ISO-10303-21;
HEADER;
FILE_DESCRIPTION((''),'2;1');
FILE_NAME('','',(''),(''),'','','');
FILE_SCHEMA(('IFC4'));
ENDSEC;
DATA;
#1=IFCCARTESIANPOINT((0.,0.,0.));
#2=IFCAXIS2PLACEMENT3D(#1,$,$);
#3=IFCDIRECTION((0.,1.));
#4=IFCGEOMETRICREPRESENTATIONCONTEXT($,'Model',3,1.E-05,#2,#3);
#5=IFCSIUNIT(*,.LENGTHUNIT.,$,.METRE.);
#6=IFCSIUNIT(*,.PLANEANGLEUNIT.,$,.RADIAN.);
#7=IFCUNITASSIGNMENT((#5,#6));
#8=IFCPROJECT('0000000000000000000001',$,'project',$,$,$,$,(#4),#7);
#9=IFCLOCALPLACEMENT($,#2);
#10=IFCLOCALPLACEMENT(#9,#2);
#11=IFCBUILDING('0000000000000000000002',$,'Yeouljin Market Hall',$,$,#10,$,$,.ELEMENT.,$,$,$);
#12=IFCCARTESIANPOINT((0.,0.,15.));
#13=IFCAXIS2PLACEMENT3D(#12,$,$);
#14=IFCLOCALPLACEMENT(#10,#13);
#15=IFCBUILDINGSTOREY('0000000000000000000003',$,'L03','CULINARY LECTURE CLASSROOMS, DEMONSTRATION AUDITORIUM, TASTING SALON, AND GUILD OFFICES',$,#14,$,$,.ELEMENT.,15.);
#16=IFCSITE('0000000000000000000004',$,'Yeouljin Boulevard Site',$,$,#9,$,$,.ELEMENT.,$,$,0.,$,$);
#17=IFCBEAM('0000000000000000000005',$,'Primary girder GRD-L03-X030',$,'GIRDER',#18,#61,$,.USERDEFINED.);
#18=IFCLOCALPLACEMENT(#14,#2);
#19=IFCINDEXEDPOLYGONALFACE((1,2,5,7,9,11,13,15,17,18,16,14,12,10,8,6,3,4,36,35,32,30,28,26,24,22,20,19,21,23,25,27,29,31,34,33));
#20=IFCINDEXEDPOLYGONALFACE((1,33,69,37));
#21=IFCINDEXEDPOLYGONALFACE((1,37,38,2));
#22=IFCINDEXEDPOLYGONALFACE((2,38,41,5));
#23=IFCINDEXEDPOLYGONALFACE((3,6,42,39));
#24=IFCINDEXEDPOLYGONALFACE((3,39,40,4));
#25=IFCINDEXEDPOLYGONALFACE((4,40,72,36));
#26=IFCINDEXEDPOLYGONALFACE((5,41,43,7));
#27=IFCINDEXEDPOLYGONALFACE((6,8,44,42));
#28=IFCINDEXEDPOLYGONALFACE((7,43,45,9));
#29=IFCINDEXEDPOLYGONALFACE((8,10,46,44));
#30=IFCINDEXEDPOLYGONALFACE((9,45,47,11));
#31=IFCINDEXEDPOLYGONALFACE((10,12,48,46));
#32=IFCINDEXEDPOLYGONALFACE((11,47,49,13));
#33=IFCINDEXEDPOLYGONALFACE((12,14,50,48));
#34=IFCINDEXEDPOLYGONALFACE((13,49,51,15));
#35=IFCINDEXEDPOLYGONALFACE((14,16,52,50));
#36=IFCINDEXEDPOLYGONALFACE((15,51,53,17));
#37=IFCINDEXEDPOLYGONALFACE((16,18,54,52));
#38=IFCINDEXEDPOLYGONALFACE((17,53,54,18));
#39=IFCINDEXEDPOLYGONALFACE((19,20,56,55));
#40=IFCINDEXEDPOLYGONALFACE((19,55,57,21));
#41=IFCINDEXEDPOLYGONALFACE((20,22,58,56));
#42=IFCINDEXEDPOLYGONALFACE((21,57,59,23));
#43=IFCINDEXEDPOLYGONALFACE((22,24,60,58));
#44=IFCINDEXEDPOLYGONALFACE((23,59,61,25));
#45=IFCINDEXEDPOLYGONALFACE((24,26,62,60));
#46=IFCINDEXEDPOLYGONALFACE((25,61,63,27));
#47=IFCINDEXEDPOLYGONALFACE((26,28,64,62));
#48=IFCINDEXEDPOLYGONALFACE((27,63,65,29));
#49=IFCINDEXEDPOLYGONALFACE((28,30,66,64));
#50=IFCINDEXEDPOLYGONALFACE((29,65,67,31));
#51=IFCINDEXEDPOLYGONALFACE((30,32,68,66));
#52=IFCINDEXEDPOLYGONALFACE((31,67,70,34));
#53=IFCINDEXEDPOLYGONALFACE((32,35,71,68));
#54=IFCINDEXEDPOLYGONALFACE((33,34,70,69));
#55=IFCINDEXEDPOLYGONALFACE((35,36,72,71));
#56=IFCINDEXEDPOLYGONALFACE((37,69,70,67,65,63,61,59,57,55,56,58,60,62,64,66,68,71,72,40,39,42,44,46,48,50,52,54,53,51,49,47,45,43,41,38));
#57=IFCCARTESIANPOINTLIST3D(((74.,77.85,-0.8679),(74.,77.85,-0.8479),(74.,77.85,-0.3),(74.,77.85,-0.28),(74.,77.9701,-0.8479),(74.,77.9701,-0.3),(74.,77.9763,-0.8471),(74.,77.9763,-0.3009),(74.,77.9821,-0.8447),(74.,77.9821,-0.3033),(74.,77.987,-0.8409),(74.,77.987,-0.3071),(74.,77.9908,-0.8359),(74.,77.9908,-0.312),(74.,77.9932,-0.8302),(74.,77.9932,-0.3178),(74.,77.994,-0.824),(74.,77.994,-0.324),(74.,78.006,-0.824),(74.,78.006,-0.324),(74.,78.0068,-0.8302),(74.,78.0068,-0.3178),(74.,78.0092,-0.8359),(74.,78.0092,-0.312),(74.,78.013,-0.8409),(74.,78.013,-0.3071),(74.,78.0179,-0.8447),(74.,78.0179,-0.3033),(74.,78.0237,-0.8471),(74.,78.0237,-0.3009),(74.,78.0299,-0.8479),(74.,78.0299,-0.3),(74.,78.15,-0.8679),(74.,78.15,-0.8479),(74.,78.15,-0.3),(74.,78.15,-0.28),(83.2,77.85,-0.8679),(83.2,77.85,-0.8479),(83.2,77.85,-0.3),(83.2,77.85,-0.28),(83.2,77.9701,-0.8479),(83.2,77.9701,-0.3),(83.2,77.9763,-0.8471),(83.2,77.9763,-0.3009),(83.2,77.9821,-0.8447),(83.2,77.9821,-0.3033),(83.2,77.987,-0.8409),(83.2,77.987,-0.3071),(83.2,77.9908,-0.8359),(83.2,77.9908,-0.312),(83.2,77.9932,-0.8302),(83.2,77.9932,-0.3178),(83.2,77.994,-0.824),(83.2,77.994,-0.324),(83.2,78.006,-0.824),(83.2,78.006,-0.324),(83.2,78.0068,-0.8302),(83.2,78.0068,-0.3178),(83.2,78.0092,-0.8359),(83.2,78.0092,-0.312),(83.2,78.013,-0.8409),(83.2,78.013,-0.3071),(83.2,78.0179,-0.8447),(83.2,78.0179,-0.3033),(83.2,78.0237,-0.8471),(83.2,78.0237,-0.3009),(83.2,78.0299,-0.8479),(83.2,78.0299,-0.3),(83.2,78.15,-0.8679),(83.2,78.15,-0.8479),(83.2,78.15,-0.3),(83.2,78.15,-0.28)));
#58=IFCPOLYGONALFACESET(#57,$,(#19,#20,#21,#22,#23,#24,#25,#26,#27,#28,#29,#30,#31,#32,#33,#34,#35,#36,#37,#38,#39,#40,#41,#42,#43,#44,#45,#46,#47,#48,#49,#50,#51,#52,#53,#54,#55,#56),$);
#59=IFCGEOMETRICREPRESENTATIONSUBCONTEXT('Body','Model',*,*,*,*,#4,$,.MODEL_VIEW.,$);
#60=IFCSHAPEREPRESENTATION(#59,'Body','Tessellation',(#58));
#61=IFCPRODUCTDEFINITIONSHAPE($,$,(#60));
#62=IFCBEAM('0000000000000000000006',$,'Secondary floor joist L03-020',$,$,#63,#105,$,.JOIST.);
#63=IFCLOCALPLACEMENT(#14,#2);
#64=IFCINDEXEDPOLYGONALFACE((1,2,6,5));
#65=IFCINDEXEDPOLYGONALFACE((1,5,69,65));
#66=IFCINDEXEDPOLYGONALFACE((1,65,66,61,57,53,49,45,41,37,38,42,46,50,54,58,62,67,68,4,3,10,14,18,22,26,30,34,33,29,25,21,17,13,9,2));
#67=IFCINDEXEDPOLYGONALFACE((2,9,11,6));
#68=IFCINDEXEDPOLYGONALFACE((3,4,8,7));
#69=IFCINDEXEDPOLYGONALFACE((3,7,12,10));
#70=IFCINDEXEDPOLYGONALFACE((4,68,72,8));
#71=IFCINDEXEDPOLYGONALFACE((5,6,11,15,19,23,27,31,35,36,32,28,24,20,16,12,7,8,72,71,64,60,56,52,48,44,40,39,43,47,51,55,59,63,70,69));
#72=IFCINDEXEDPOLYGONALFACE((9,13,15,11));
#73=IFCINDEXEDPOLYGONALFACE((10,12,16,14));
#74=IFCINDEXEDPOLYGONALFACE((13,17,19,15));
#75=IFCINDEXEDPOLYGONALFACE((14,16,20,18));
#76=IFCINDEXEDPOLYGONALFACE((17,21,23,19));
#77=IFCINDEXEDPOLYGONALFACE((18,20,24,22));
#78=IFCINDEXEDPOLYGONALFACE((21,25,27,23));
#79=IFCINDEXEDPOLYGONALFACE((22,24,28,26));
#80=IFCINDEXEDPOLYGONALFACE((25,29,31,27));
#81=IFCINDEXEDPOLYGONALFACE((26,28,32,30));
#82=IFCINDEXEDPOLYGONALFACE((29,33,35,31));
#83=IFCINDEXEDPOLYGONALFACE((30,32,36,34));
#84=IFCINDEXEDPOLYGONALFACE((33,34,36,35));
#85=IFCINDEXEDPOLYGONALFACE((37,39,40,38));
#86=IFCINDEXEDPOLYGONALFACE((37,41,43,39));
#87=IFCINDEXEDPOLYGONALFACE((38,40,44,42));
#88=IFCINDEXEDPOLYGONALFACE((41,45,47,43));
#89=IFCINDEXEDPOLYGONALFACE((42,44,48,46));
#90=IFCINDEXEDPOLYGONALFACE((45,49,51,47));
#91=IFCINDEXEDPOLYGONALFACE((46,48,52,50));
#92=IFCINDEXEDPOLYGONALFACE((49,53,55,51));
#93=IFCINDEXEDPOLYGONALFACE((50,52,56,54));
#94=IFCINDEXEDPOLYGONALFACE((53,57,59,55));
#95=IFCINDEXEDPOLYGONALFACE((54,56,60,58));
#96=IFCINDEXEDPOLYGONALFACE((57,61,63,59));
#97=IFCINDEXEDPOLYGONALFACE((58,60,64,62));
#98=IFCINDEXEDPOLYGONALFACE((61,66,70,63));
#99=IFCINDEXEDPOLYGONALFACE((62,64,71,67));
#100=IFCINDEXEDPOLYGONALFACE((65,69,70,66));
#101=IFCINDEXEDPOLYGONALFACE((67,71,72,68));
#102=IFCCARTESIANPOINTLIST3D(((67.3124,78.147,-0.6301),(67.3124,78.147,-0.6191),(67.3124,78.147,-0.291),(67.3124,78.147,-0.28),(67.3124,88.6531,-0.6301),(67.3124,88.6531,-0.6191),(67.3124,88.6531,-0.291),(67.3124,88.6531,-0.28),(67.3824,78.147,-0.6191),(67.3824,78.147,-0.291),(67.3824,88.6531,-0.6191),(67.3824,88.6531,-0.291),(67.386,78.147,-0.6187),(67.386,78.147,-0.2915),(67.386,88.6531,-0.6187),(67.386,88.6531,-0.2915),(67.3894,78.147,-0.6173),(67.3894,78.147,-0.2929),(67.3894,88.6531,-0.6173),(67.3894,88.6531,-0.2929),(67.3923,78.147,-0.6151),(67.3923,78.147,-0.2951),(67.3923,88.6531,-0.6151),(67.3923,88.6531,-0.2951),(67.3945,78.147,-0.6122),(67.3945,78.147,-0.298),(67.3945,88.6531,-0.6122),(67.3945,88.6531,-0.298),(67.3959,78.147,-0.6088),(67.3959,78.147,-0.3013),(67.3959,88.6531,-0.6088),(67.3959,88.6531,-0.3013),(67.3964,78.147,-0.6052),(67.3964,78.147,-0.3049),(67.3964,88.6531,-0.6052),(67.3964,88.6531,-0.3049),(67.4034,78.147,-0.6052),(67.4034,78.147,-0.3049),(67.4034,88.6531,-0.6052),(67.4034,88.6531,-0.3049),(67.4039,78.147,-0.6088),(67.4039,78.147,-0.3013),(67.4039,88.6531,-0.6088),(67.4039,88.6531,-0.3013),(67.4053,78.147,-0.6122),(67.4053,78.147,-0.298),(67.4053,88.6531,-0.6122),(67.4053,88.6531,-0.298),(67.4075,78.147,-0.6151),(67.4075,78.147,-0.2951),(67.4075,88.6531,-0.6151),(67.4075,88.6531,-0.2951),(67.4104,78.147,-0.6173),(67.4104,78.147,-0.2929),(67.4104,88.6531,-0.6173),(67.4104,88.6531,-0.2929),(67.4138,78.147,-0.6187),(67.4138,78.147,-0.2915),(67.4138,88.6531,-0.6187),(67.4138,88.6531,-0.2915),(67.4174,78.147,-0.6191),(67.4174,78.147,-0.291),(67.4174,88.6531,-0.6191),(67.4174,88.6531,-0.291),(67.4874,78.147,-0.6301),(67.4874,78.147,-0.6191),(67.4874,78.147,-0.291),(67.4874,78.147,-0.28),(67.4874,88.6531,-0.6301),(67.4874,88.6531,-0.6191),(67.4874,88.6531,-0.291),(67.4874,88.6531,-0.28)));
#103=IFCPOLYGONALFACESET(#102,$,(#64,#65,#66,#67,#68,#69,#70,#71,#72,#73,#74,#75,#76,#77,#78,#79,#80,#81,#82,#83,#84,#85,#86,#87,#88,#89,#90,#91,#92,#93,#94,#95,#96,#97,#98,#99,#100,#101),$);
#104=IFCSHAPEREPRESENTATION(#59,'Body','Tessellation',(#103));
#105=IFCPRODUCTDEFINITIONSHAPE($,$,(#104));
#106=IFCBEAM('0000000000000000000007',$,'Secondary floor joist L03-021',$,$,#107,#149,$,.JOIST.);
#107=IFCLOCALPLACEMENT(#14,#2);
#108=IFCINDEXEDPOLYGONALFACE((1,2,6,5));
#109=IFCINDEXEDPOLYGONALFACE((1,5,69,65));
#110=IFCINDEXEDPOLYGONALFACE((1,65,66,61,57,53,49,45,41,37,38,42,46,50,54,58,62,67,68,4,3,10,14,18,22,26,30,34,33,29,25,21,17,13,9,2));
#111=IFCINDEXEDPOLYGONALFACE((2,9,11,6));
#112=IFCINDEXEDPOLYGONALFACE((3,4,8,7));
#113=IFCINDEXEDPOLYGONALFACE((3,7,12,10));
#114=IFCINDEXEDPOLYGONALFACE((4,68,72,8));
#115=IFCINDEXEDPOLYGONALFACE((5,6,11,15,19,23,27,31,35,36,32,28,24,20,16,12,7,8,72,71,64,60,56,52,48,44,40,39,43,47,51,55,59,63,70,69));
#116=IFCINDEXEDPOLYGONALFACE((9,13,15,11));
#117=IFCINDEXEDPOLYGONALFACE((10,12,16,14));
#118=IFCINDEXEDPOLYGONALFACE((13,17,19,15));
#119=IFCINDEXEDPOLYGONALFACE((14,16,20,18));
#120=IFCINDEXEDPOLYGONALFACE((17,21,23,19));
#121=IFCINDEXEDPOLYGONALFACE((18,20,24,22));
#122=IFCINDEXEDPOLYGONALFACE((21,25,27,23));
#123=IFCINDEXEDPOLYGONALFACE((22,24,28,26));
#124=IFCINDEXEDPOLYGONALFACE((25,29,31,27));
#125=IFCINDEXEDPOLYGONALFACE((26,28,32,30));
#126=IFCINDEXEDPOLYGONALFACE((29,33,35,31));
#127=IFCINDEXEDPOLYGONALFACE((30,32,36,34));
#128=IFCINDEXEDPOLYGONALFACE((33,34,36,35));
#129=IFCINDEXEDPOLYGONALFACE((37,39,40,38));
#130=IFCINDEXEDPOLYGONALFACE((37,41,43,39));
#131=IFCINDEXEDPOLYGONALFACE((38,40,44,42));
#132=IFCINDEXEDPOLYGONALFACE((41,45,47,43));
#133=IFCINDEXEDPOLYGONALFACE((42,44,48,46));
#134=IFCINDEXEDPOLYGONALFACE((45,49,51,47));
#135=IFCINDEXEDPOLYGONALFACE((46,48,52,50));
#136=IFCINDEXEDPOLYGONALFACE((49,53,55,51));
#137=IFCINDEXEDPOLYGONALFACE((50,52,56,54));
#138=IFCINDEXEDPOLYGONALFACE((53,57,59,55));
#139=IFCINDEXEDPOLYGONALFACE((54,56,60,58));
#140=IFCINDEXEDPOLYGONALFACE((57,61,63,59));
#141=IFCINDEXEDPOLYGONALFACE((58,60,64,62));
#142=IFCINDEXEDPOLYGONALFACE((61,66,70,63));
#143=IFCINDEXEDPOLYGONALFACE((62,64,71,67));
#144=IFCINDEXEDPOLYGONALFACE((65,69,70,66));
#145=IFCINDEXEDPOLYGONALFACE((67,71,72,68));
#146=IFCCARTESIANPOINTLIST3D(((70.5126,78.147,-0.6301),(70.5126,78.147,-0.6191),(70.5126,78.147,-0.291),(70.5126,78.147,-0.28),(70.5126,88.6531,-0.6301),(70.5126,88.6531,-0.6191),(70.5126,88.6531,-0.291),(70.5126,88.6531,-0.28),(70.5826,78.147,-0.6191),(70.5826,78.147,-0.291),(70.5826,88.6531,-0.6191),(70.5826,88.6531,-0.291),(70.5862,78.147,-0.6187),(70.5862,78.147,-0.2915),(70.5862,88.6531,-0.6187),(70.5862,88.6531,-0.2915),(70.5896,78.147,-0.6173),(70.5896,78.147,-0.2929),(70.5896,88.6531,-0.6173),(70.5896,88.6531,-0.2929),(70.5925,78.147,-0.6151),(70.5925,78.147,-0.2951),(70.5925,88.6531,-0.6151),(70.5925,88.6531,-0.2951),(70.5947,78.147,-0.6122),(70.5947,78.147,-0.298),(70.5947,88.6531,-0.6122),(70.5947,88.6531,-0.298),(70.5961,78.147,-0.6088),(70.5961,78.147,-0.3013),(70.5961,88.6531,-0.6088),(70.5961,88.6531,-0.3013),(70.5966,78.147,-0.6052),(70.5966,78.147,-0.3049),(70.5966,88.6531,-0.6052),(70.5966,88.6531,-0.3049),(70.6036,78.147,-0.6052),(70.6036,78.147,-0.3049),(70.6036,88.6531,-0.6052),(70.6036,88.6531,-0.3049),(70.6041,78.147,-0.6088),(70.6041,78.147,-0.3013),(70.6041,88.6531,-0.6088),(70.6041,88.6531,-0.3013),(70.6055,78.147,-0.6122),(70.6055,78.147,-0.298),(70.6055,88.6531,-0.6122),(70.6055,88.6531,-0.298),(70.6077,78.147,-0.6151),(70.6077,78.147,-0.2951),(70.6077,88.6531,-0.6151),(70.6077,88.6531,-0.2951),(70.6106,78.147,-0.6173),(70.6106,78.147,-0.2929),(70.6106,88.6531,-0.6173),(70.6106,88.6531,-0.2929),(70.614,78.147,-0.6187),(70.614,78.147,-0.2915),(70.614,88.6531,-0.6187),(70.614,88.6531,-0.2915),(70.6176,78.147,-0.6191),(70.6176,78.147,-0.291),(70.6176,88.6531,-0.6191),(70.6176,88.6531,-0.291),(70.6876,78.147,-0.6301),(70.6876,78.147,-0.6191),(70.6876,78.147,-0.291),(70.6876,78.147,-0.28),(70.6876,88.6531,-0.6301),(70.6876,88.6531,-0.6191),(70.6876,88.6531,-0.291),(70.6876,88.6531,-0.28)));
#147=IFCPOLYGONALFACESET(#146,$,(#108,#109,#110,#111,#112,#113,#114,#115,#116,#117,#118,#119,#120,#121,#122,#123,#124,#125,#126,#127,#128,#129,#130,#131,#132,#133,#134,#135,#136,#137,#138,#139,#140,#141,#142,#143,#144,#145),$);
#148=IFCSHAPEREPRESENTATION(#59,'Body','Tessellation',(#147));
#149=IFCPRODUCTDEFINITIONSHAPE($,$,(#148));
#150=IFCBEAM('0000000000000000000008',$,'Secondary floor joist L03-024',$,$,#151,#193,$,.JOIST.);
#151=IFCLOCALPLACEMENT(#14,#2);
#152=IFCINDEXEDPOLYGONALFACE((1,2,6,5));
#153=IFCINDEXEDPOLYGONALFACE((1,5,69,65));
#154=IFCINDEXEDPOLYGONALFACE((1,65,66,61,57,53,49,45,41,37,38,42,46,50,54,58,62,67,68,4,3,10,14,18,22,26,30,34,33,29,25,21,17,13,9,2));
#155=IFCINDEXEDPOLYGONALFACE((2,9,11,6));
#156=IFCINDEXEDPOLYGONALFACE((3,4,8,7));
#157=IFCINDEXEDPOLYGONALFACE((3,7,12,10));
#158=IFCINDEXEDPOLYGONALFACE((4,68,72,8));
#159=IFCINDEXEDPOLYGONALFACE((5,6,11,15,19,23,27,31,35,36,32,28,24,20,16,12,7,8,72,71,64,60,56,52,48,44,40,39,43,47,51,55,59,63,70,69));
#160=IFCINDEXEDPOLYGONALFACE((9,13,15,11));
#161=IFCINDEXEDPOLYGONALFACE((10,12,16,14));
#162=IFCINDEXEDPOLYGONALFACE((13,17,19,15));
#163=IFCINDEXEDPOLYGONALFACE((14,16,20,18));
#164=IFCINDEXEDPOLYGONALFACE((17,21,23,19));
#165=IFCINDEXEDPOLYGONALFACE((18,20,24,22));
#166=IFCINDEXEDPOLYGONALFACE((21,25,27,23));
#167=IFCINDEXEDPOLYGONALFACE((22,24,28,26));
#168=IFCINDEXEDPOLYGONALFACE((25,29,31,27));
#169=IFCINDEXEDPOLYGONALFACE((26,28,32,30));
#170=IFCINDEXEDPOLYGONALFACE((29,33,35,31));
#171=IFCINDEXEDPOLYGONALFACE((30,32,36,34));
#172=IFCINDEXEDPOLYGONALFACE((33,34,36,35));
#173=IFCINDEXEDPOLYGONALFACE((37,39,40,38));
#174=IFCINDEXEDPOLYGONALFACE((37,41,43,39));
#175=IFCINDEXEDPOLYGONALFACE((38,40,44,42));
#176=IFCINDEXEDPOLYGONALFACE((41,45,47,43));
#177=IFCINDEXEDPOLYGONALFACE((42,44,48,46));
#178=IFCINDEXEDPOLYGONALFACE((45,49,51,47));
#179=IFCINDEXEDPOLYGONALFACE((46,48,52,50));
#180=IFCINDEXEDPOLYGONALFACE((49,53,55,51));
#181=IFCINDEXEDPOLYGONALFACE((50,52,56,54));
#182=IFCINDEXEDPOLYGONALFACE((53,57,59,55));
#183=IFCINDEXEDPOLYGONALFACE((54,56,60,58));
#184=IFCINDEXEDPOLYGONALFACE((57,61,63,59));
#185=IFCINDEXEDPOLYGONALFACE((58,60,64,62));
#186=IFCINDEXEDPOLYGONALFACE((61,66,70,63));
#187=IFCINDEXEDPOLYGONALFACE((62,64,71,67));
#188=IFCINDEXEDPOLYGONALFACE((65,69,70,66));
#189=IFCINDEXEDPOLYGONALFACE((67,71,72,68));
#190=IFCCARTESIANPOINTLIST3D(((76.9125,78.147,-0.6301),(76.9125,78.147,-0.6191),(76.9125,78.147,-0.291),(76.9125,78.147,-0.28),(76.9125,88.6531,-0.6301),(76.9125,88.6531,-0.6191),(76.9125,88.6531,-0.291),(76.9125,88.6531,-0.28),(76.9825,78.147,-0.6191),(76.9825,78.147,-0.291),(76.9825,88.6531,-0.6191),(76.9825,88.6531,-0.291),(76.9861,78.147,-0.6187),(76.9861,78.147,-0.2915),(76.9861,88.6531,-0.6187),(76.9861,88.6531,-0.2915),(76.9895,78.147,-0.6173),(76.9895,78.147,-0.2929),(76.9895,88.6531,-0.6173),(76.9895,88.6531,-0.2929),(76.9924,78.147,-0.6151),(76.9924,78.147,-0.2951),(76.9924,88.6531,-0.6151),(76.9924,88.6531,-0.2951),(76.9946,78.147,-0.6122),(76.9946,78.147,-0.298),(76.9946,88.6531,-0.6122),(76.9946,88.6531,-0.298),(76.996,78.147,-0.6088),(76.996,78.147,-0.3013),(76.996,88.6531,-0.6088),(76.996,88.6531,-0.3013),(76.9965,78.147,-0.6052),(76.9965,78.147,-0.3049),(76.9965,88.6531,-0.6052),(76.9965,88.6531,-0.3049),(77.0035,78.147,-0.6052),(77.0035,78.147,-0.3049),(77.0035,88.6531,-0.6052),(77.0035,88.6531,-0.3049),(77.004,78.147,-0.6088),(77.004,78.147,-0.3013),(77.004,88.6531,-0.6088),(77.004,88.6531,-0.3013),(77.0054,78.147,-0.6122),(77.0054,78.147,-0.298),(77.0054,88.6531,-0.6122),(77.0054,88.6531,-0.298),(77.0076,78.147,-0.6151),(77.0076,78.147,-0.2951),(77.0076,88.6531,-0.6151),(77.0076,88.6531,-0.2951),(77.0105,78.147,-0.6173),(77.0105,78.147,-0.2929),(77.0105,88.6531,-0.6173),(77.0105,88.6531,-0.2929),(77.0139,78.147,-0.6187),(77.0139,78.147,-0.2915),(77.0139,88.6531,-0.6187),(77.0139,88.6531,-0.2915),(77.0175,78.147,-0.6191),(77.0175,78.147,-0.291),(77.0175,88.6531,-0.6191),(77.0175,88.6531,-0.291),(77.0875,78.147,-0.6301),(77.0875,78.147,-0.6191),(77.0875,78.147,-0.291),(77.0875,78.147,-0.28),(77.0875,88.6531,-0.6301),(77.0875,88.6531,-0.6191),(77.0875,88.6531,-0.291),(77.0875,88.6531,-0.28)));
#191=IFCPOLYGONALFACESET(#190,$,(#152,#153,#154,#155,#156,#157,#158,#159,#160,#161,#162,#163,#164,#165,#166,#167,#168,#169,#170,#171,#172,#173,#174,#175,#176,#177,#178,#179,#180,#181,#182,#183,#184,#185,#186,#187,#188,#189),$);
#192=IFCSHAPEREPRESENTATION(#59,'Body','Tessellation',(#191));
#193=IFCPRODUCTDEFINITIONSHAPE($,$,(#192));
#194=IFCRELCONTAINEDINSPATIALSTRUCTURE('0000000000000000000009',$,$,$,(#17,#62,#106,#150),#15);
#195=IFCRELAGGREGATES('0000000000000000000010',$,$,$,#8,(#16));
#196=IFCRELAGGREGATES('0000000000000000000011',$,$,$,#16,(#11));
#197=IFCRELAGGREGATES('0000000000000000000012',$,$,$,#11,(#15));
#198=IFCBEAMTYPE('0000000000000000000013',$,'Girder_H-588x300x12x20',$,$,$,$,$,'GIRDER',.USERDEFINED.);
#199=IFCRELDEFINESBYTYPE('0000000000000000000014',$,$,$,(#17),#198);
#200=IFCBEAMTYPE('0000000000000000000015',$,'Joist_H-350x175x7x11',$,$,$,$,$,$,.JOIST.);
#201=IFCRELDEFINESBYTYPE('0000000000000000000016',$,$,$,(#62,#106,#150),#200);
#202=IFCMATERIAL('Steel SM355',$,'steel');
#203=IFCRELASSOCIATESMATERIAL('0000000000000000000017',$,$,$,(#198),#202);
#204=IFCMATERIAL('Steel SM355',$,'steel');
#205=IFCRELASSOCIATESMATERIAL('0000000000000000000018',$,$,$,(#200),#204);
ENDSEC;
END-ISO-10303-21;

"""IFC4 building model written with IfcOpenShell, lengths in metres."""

from ifc_helpers import new_model, si_unit, direction, frame, origin, origin_2d, place, context, subcontext, project, spatial, i_section, extrude, material, material_profile, profile_set, type_object, element, save


model = new_model("IFC4")

# Units and contexts
model_context = context("Model", 3, precision=1e-05, world=origin(), true_north=direction((0.0, 1.0)))
body_context = subcontext(model_context, "Body", "Model", "MODEL_VIEW")
ifc_project = project(units=[si_unit("LENGTHUNIT", "METRE"), si_unit("PLANEANGLEUNIT", "RADIAN")], contexts=[model_context])

# Site, building, storey
site_placement = place(None, origin())
site = spatial("IfcSite", under=ifc_project, at=site_placement, Name="Yeouljin Boulevard Site", CompositionType="ELEMENT", RefElevation=0.0)
building_placement = place(site_placement, origin())
building = spatial("IfcBuilding", under=site, at=building_placement, Name="Yeouljin Market Hall", CompositionType="ELEMENT")
storey_placement = place(building_placement, frame((0.0, 0.0, 15.0)))
storey = spatial("IfcBuildingStorey", under=building, at=storey_placement, Name="L03", Description="CULINARY LECTURE CLASSROOMS, DEMONSTRATION AUDITORIUM, TASTING SALON, AND GUILD OFFICES", CompositionType="ELEMENT", Elevation=15.0)

# Beams
ifc_material_1 = material(Name="Steel SM355", Category="steel")
ifc_material_profile_1 = material_profile(ifc_material_1, i_section(OverallWidth=0.3, OverallDepth=0.5879, WebThickness=0.012, FlangeThickness=0.02, FilletRadius=0.0239, at=origin_2d()), Name="H-588x300x12x20")
ifc_profile_set_1 = profile_set([ifc_material_profile_1], Name="Steel SM355")
beam_type_1 = type_object("IfcBeamType", Name="Girder_H-588x300x12x20", ElementType="GIRDER", PredefinedType="USERDEFINED", material=ifc_profile_set_1)
beam_1_placement = place(storey_placement, frame((74.0, 78.0, -0.574), z_axis=(1.0, 0.0, 0.0), x_axis=(0.0, 1.0, 0.0)))
element("IfcBeam", 1, at=beam_1_placement, inside=storey, type_object=beam_type_1, Name="Primary girder GRD-L03-X030", ObjectType="GIRDER", PredefinedType="USERDEFINED", context=body_context, shape_type="SweptSolid", body=[
    extrude(i_section(OverallWidth=0.3, OverallDepth=0.5879, WebThickness=0.012, FlangeThickness=0.02, FilletRadius=0.0239, at=origin_2d()), origin(), (0.0, 0.0, 1.0), 9.2),
])
ifc_material_2 = material(Name="Steel SM355", Category="steel")
ifc_material_profile_2 = material_profile(ifc_material_2, i_section(OverallWidth=0.175, OverallDepth=0.3501, WebThickness=0.0071, FlangeThickness=0.011, FilletRadius=0.0139, at=origin_2d()), Name="H-350x175x7x11")
ifc_profile_set_2 = profile_set([ifc_material_profile_2], Name="Steel SM355")
beam_type_2 = type_object("IfcBeamType", Name="Joist_H-350x175x7x11", PredefinedType="JOIST", material=ifc_profile_set_2)
for number, where, z_axis, x_axis, name in (
    (2, (67.3999, 78.147, -0.4551), (0.0, 1.0, 0.0), (-1.0, 0.0, 0.0), "Secondary floor joist L03-020"),
    (3, (70.6001, 78.147, -0.4551), (0.0, 1.0, 0.0), (-1.0, 0.0, 0.0), "Secondary floor joist L03-021"),
    (4, (77.0, 78.147, -0.4551), (0.0, 1.0, 0.0), (-1.0, 0.0, 0.0), "Secondary floor joist L03-024"),
):
    element("IfcBeam", number, at=place(storey_placement, frame(where, z_axis=z_axis, x_axis=x_axis)), inside=storey, type_object=beam_type_2, Name=name, PredefinedType="JOIST", context=body_context, shape_type="SweptSolid", body=[
        extrude(i_section(OverallWidth=0.175, OverallDepth=0.3501, WebThickness=0.0071, FlangeThickness=0.011, FilletRadius=0.0139, at=origin_2d()), origin(), (0.0, 0.0, 1.0), 10.5061),
    ])

save(model, "model.ifc")
